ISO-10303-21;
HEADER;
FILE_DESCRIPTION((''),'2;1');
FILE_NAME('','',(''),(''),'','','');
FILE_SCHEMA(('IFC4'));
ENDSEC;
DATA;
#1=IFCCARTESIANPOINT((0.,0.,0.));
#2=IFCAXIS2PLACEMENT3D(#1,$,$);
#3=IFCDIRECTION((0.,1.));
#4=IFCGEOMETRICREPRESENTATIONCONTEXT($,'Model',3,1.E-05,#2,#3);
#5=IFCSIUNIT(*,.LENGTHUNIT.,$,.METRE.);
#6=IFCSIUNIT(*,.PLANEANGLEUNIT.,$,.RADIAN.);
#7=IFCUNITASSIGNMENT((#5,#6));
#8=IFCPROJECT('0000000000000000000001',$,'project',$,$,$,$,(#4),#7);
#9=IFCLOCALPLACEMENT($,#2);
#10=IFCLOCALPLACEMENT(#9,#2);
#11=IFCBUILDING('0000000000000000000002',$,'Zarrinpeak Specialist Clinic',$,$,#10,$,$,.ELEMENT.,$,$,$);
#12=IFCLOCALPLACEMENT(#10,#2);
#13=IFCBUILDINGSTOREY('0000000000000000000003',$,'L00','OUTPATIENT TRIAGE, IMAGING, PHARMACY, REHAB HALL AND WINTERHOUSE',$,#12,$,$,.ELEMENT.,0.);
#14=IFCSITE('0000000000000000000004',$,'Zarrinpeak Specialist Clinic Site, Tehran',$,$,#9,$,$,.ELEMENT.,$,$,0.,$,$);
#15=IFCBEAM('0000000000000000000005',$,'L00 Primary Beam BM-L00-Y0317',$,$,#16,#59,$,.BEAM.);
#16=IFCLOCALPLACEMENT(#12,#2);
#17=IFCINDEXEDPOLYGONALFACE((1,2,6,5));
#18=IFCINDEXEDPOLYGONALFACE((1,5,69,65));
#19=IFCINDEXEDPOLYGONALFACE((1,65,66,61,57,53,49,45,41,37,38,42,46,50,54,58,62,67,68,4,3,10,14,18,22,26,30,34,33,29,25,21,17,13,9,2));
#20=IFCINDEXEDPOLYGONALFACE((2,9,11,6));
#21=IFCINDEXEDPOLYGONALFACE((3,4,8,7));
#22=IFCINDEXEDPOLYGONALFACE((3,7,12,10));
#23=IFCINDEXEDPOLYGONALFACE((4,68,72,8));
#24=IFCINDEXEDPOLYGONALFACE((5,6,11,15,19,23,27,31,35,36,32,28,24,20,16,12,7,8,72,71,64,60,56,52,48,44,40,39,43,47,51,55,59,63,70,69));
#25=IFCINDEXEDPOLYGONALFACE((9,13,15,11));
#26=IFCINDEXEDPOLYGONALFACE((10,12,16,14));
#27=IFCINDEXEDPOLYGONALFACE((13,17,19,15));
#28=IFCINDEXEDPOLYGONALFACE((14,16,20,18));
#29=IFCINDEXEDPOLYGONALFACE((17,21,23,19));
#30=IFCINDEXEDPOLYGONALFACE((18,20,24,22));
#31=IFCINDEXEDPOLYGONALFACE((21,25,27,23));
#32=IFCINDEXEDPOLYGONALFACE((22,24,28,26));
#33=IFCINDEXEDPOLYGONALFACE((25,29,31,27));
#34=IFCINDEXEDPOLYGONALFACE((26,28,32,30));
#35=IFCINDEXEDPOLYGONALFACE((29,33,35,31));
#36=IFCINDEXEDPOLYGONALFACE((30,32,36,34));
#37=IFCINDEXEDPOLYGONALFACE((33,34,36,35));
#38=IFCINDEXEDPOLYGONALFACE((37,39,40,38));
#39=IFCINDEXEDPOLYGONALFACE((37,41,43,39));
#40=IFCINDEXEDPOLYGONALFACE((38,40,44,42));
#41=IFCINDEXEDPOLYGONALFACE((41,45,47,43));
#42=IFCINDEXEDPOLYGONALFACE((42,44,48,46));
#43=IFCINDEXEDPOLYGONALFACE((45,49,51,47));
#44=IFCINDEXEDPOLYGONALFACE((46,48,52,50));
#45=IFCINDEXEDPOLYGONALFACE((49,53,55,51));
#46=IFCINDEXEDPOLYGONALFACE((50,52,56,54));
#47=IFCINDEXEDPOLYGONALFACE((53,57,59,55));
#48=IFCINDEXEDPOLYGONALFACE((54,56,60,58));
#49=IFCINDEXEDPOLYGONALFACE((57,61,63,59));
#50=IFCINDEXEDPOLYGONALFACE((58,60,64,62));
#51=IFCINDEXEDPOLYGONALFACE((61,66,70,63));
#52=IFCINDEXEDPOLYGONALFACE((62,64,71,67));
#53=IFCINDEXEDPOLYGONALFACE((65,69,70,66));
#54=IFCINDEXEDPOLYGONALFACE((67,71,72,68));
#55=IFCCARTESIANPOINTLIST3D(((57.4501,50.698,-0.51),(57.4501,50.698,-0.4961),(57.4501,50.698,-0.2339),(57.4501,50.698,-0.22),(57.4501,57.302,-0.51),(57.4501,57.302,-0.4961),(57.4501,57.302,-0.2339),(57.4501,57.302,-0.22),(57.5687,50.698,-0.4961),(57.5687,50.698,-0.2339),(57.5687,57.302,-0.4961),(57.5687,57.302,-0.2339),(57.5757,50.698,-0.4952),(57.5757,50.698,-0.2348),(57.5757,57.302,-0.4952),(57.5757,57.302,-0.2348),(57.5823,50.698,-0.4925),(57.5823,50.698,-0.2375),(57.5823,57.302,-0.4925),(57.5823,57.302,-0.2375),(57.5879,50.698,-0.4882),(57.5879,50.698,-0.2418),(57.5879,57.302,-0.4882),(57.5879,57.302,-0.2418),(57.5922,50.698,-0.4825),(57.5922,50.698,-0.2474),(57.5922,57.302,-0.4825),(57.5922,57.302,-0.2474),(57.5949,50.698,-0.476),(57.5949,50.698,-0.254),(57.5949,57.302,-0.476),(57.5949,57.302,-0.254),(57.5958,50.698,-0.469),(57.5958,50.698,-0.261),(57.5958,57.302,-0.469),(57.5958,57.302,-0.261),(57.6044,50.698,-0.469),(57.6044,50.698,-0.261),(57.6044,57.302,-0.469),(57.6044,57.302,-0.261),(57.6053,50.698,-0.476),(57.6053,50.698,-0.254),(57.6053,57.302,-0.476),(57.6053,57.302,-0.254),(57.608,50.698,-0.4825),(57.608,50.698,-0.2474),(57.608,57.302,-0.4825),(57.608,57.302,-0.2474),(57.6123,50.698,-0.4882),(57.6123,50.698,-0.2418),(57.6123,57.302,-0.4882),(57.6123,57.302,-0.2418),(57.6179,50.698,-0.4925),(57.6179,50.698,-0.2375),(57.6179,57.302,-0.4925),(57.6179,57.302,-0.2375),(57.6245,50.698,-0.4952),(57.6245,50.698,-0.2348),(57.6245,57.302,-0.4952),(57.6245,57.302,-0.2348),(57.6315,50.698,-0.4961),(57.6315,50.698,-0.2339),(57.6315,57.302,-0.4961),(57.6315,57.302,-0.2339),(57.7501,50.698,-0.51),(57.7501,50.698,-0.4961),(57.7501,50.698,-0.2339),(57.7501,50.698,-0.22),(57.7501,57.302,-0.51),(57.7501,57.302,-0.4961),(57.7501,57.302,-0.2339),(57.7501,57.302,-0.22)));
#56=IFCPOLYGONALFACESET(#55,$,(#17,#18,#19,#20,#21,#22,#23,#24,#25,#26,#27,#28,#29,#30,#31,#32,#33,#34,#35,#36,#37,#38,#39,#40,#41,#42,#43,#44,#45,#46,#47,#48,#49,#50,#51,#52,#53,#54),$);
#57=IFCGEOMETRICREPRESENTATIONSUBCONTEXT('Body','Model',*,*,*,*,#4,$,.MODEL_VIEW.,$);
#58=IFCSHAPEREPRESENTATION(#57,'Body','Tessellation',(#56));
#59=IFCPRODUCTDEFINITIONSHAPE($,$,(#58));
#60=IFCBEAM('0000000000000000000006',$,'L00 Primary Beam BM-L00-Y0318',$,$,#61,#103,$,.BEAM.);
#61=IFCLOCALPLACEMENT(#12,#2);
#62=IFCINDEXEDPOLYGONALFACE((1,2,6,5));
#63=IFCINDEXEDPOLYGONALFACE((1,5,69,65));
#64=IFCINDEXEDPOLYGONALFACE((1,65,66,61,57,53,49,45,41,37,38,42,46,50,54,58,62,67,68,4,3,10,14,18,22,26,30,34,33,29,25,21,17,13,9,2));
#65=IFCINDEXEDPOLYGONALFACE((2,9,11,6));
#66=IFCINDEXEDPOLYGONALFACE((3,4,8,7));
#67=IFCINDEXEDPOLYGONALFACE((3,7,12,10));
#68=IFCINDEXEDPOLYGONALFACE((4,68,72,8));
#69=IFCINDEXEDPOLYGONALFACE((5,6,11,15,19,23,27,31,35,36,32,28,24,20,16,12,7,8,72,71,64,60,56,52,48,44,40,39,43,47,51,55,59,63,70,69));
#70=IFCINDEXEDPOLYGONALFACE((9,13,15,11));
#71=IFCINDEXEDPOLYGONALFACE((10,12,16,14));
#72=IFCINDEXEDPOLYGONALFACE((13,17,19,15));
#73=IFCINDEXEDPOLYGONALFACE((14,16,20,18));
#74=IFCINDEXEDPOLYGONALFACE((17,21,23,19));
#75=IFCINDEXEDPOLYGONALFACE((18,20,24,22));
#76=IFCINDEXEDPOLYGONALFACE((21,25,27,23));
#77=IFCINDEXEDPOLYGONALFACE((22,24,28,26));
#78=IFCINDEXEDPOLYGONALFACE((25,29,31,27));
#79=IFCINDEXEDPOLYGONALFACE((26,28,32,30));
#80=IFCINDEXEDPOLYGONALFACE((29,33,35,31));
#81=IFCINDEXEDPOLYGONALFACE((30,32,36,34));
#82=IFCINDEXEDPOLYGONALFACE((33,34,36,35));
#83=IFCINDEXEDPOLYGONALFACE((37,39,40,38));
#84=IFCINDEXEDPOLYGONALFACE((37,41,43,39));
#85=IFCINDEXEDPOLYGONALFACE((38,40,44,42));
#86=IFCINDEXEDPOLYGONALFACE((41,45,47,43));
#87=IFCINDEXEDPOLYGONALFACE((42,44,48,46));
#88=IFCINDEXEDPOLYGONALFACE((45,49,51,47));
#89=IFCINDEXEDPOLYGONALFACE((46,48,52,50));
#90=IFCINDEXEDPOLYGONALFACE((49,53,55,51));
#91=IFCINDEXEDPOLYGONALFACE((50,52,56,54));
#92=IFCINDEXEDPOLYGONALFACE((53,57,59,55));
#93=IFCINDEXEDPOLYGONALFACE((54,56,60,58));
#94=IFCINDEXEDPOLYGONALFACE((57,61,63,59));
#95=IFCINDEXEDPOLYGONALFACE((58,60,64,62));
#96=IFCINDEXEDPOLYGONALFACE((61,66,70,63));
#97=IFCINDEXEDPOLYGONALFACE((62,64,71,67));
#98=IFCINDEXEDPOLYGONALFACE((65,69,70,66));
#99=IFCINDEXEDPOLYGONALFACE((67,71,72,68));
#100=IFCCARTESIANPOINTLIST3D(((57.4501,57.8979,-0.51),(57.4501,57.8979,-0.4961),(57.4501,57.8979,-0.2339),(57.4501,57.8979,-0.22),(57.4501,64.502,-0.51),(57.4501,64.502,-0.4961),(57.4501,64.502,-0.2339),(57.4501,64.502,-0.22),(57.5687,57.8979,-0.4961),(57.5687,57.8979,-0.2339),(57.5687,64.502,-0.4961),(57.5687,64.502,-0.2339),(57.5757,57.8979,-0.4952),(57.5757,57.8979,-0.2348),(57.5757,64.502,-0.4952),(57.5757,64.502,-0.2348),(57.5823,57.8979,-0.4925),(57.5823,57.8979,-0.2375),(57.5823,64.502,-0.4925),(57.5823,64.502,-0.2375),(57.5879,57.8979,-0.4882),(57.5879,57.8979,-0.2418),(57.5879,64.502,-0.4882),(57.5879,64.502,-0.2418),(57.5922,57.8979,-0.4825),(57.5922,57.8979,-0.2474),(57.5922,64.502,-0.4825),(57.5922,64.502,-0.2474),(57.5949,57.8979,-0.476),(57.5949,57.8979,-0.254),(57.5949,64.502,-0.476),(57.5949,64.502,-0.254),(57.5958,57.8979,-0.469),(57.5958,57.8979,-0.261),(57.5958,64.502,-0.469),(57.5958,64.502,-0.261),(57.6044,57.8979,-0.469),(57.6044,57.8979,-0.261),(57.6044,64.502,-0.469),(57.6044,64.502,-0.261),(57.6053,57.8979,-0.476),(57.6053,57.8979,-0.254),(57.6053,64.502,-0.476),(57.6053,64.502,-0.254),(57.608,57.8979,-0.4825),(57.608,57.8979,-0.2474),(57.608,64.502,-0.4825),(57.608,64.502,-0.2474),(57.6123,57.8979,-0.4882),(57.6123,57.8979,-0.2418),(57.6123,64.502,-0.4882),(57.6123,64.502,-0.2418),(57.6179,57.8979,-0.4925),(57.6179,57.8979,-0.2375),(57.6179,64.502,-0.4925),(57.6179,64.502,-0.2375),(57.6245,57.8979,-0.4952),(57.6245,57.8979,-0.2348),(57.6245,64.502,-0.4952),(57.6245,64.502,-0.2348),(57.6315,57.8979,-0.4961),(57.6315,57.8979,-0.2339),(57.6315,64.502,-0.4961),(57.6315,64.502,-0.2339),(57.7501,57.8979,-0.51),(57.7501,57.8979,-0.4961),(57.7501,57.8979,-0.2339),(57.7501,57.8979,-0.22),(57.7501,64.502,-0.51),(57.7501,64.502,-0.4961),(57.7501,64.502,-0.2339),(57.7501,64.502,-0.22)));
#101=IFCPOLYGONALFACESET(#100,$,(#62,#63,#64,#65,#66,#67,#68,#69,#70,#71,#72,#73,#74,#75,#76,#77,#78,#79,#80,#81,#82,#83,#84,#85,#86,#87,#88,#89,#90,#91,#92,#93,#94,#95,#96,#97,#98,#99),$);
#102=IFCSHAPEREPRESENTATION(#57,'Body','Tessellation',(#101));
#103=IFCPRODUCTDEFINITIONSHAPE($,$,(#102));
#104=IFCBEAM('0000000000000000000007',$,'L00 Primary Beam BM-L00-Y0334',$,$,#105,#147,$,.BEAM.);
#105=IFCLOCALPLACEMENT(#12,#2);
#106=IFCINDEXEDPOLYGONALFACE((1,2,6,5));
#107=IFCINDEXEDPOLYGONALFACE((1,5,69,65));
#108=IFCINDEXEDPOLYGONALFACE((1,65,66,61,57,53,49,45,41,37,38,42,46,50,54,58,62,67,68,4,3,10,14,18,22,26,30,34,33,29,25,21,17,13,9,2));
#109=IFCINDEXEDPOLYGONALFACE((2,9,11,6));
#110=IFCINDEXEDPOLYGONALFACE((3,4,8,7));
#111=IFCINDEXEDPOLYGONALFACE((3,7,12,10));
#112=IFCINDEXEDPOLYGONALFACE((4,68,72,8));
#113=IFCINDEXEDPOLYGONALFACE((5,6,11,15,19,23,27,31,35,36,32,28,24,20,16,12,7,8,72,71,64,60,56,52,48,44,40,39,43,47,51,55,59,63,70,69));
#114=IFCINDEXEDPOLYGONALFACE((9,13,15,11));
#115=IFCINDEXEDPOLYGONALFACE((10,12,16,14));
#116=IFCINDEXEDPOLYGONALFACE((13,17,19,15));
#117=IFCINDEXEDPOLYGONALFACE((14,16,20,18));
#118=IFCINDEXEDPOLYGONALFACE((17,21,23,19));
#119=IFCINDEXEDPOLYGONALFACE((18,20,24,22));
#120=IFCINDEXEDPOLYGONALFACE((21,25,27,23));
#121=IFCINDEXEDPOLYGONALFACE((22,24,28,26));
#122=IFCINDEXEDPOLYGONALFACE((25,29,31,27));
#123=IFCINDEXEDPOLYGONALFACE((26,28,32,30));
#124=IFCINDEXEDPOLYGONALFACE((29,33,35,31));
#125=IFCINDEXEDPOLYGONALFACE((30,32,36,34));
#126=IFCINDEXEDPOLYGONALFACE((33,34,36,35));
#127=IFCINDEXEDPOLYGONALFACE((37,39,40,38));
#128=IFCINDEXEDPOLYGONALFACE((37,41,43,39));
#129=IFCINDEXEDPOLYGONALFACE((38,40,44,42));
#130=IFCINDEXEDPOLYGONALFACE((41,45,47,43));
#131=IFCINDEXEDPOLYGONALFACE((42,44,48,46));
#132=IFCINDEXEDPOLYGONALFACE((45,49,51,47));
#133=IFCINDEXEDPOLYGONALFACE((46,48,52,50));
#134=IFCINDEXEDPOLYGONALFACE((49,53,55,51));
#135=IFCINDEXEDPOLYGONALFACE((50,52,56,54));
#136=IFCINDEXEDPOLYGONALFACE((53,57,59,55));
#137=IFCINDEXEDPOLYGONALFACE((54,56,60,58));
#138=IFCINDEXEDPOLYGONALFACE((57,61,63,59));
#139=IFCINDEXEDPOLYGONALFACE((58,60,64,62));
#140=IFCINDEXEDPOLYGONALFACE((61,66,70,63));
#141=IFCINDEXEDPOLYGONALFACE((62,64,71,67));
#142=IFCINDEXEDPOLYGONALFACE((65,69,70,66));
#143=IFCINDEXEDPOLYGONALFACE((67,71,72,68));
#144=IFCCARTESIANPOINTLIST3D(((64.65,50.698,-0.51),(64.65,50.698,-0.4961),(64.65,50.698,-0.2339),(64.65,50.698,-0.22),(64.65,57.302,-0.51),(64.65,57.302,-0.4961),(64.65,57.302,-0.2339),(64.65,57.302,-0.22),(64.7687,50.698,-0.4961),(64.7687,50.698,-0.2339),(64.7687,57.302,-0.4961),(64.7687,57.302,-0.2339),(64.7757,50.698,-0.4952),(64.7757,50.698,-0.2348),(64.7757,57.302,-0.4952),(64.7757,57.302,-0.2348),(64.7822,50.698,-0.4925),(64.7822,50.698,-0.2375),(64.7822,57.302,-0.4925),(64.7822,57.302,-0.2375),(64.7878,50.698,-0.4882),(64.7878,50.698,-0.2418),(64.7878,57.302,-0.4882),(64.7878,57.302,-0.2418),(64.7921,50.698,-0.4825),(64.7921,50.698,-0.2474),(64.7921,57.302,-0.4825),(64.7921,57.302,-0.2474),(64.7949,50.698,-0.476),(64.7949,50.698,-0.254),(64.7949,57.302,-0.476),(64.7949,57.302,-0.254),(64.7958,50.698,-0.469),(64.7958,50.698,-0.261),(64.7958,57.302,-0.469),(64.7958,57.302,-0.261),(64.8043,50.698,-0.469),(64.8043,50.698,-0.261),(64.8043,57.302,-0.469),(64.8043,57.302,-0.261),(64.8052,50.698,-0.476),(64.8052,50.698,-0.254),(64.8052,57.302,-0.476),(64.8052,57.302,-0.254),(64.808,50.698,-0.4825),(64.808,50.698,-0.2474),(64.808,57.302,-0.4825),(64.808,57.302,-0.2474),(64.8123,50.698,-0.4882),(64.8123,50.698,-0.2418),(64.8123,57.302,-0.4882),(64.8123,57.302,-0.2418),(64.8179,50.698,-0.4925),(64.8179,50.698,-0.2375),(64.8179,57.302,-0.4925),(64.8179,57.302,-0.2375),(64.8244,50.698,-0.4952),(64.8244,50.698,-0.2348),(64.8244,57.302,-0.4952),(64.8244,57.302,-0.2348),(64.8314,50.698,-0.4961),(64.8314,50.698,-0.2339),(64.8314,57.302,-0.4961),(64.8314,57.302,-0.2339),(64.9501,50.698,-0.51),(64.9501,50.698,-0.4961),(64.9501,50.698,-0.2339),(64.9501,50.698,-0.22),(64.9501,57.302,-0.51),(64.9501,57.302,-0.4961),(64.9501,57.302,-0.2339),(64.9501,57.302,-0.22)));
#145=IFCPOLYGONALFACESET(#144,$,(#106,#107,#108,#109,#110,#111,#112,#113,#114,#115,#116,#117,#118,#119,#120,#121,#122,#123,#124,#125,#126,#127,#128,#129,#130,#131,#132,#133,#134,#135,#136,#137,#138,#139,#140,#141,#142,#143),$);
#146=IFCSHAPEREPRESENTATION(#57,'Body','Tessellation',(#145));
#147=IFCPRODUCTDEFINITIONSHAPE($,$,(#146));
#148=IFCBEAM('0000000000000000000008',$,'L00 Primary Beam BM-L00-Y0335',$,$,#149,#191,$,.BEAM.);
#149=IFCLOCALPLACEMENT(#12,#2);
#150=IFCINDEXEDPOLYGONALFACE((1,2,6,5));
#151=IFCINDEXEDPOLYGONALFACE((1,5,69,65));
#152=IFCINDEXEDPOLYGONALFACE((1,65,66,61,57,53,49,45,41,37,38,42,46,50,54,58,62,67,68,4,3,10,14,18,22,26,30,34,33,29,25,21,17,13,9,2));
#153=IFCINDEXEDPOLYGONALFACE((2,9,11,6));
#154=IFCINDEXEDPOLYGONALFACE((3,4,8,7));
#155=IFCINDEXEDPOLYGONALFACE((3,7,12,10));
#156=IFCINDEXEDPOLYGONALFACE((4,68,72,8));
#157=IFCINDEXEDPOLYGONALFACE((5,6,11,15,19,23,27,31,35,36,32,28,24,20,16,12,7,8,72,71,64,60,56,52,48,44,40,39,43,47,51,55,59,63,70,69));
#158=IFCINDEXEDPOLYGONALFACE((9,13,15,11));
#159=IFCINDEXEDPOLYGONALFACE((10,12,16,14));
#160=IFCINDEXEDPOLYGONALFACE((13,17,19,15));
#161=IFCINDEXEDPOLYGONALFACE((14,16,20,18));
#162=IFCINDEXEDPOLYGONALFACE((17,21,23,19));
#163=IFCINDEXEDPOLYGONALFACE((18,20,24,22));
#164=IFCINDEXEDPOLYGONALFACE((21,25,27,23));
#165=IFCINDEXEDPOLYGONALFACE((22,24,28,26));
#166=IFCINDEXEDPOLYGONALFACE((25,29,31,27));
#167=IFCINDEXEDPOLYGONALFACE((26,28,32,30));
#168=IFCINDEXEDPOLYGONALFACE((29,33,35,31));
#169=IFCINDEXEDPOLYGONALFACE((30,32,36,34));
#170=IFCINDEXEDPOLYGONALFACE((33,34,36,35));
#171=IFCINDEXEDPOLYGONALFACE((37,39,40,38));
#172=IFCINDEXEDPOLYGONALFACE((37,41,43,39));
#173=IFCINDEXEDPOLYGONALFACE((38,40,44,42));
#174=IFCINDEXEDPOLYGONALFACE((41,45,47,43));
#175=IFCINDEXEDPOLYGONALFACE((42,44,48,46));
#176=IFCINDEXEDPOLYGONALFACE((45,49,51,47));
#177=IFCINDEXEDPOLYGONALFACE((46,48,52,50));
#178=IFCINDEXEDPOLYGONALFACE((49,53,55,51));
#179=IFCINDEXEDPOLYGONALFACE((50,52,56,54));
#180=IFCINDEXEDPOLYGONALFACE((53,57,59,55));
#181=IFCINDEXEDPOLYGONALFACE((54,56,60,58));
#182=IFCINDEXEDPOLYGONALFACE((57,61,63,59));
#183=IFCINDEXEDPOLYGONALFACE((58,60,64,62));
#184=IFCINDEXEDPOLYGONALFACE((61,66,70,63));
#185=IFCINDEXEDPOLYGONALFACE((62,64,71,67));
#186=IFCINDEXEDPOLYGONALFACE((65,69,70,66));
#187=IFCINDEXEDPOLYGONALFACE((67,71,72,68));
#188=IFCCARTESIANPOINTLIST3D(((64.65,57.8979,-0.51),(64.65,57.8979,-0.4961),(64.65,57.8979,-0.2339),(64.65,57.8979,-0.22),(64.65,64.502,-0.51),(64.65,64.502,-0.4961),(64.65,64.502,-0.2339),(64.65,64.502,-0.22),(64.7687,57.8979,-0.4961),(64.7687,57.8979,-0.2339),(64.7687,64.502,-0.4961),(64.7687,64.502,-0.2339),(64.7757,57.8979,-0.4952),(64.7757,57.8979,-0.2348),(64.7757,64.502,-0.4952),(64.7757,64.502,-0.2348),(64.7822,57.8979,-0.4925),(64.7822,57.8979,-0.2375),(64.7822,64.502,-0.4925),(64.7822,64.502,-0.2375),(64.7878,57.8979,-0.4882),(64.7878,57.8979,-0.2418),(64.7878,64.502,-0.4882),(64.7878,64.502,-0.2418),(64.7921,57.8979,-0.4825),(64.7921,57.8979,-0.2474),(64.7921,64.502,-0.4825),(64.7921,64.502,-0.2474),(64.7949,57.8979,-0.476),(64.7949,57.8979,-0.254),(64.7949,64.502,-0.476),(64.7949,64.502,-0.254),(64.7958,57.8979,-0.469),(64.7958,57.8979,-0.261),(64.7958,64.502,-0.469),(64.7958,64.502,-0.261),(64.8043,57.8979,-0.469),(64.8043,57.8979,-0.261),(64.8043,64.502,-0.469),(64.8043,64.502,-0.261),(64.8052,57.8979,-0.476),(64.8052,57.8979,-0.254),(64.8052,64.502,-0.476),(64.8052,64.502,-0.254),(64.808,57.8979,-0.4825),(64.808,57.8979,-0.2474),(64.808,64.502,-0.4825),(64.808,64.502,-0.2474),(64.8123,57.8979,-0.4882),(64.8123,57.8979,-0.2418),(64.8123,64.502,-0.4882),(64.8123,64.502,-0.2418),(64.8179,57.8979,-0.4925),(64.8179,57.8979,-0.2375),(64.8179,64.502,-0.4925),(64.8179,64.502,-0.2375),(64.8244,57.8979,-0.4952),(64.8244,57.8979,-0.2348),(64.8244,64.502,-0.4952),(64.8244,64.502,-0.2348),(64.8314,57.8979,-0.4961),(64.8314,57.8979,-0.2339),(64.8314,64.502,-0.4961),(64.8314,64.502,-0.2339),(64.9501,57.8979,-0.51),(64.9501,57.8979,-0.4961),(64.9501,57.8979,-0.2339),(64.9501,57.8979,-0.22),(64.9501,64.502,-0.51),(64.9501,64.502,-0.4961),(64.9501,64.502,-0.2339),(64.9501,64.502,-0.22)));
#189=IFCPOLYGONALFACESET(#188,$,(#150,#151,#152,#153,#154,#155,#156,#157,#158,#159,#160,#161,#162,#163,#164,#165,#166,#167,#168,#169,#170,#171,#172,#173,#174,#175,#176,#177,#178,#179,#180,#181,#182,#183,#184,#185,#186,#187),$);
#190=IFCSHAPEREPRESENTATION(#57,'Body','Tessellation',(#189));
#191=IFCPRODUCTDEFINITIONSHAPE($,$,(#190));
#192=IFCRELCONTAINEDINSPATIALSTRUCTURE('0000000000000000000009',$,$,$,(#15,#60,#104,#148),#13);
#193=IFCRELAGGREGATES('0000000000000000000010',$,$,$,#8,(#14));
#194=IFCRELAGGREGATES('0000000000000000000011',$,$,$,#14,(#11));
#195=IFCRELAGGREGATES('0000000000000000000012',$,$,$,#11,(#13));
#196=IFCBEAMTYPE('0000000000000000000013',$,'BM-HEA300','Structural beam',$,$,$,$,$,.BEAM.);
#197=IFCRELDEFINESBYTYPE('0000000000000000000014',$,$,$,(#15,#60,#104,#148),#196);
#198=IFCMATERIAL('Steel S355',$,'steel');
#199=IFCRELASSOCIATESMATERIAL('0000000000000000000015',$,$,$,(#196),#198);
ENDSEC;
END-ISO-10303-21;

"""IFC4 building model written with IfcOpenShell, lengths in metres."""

from ifc_helpers import new_model, si_unit, direction, frame, origin, origin_2d, place, context, subcontext, project, spatial, i_section, extrude, material, material_profile, profile_set, type_object, element, save


model = new_model("IFC4")

# Units and contexts
model_context = context("Model", 3, precision=1e-05, world=origin(), true_north=direction((0.0, 1.0)))
body_context = subcontext(model_context, "Body", "Model", "MODEL_VIEW")
ifc_project = project(units=[si_unit("LENGTHUNIT", "METRE"), si_unit("PLANEANGLEUNIT", "RADIAN")], contexts=[model_context])

# Site, building, storey
site_placement = place(None, origin())
site = spatial("IfcSite", under=ifc_project, at=site_placement, Name="Zarrinpeak Specialist Clinic Site, Tehran", CompositionType="ELEMENT", RefElevation=0.0)
building_placement = place(site_placement, origin())
building = spatial("IfcBuilding", under=site, at=building_placement, Name="Zarrinpeak Specialist Clinic", CompositionType="ELEMENT")
storey_placement = place(building_placement, origin())
storey = spatial("IfcBuildingStorey", under=building, at=storey_placement, Name="L00", Description="OUTPATIENT TRIAGE, IMAGING, PHARMACY, REHAB HALL AND WINTERHOUSE", CompositionType="ELEMENT", Elevation=0.0)

# Beams
ifc_material = material(Name="Steel S355", Category="steel")
ifc_material_profile_1 = material_profile(ifc_material, i_section(OverallWidth=0.3, OverallDepth=0.29, WebThickness=0.0085, FlangeThickness=0.0139, FilletRadius=0.0271, at=origin_2d()), Name="HEA 300")
ifc_profile_set_1 = profile_set([ifc_material_profile_1], Name="Steel S355")
beam_type_1 = type_object("IfcBeamType", Name="BM-HEA300", Description="Structural beam", PredefinedType="BEAM", material=ifc_profile_set_1)
for number, where, z_axis, x_axis, name in (
    (1, (57.6001, 50.698, -0.365), (0.0, 1.0, 0.0), (-1.0, 0.0, 0.0), "L00 Primary Beam BM-L00-Y0317"),
    (2, (57.6001, 57.8979, -0.365), (0.0, 1.0, 0.0), (-1.0, 0.0, 0.0), "L00 Primary Beam BM-L00-Y0318"),
    (3, (64.8, 50.698, -0.365), (0.0, 1.0, 0.0), (-1.0, 0.0, 0.0), "L00 Primary Beam BM-L00-Y0334"),
    (4, (64.8, 57.8979, -0.365), (0.0, 1.0, 0.0), (-1.0, 0.0, 0.0), "L00 Primary Beam BM-L00-Y0335"),
):
    element("IfcBeam", number, at=place(storey_placement, frame(where, z_axis=z_axis, x_axis=x_axis)), inside=storey, type_object=beam_type_1, Name=name, PredefinedType="BEAM", context=body_context, shape_type="SweptSolid", body=[
        extrude(i_section(OverallWidth=0.3, OverallDepth=0.29, WebThickness=0.0085, FlangeThickness=0.0139, FilletRadius=0.0271, at=origin_2d()), origin(), (0.0, 0.0, 1.0), 6.604),
    ])

save(model, "model.ifc")
